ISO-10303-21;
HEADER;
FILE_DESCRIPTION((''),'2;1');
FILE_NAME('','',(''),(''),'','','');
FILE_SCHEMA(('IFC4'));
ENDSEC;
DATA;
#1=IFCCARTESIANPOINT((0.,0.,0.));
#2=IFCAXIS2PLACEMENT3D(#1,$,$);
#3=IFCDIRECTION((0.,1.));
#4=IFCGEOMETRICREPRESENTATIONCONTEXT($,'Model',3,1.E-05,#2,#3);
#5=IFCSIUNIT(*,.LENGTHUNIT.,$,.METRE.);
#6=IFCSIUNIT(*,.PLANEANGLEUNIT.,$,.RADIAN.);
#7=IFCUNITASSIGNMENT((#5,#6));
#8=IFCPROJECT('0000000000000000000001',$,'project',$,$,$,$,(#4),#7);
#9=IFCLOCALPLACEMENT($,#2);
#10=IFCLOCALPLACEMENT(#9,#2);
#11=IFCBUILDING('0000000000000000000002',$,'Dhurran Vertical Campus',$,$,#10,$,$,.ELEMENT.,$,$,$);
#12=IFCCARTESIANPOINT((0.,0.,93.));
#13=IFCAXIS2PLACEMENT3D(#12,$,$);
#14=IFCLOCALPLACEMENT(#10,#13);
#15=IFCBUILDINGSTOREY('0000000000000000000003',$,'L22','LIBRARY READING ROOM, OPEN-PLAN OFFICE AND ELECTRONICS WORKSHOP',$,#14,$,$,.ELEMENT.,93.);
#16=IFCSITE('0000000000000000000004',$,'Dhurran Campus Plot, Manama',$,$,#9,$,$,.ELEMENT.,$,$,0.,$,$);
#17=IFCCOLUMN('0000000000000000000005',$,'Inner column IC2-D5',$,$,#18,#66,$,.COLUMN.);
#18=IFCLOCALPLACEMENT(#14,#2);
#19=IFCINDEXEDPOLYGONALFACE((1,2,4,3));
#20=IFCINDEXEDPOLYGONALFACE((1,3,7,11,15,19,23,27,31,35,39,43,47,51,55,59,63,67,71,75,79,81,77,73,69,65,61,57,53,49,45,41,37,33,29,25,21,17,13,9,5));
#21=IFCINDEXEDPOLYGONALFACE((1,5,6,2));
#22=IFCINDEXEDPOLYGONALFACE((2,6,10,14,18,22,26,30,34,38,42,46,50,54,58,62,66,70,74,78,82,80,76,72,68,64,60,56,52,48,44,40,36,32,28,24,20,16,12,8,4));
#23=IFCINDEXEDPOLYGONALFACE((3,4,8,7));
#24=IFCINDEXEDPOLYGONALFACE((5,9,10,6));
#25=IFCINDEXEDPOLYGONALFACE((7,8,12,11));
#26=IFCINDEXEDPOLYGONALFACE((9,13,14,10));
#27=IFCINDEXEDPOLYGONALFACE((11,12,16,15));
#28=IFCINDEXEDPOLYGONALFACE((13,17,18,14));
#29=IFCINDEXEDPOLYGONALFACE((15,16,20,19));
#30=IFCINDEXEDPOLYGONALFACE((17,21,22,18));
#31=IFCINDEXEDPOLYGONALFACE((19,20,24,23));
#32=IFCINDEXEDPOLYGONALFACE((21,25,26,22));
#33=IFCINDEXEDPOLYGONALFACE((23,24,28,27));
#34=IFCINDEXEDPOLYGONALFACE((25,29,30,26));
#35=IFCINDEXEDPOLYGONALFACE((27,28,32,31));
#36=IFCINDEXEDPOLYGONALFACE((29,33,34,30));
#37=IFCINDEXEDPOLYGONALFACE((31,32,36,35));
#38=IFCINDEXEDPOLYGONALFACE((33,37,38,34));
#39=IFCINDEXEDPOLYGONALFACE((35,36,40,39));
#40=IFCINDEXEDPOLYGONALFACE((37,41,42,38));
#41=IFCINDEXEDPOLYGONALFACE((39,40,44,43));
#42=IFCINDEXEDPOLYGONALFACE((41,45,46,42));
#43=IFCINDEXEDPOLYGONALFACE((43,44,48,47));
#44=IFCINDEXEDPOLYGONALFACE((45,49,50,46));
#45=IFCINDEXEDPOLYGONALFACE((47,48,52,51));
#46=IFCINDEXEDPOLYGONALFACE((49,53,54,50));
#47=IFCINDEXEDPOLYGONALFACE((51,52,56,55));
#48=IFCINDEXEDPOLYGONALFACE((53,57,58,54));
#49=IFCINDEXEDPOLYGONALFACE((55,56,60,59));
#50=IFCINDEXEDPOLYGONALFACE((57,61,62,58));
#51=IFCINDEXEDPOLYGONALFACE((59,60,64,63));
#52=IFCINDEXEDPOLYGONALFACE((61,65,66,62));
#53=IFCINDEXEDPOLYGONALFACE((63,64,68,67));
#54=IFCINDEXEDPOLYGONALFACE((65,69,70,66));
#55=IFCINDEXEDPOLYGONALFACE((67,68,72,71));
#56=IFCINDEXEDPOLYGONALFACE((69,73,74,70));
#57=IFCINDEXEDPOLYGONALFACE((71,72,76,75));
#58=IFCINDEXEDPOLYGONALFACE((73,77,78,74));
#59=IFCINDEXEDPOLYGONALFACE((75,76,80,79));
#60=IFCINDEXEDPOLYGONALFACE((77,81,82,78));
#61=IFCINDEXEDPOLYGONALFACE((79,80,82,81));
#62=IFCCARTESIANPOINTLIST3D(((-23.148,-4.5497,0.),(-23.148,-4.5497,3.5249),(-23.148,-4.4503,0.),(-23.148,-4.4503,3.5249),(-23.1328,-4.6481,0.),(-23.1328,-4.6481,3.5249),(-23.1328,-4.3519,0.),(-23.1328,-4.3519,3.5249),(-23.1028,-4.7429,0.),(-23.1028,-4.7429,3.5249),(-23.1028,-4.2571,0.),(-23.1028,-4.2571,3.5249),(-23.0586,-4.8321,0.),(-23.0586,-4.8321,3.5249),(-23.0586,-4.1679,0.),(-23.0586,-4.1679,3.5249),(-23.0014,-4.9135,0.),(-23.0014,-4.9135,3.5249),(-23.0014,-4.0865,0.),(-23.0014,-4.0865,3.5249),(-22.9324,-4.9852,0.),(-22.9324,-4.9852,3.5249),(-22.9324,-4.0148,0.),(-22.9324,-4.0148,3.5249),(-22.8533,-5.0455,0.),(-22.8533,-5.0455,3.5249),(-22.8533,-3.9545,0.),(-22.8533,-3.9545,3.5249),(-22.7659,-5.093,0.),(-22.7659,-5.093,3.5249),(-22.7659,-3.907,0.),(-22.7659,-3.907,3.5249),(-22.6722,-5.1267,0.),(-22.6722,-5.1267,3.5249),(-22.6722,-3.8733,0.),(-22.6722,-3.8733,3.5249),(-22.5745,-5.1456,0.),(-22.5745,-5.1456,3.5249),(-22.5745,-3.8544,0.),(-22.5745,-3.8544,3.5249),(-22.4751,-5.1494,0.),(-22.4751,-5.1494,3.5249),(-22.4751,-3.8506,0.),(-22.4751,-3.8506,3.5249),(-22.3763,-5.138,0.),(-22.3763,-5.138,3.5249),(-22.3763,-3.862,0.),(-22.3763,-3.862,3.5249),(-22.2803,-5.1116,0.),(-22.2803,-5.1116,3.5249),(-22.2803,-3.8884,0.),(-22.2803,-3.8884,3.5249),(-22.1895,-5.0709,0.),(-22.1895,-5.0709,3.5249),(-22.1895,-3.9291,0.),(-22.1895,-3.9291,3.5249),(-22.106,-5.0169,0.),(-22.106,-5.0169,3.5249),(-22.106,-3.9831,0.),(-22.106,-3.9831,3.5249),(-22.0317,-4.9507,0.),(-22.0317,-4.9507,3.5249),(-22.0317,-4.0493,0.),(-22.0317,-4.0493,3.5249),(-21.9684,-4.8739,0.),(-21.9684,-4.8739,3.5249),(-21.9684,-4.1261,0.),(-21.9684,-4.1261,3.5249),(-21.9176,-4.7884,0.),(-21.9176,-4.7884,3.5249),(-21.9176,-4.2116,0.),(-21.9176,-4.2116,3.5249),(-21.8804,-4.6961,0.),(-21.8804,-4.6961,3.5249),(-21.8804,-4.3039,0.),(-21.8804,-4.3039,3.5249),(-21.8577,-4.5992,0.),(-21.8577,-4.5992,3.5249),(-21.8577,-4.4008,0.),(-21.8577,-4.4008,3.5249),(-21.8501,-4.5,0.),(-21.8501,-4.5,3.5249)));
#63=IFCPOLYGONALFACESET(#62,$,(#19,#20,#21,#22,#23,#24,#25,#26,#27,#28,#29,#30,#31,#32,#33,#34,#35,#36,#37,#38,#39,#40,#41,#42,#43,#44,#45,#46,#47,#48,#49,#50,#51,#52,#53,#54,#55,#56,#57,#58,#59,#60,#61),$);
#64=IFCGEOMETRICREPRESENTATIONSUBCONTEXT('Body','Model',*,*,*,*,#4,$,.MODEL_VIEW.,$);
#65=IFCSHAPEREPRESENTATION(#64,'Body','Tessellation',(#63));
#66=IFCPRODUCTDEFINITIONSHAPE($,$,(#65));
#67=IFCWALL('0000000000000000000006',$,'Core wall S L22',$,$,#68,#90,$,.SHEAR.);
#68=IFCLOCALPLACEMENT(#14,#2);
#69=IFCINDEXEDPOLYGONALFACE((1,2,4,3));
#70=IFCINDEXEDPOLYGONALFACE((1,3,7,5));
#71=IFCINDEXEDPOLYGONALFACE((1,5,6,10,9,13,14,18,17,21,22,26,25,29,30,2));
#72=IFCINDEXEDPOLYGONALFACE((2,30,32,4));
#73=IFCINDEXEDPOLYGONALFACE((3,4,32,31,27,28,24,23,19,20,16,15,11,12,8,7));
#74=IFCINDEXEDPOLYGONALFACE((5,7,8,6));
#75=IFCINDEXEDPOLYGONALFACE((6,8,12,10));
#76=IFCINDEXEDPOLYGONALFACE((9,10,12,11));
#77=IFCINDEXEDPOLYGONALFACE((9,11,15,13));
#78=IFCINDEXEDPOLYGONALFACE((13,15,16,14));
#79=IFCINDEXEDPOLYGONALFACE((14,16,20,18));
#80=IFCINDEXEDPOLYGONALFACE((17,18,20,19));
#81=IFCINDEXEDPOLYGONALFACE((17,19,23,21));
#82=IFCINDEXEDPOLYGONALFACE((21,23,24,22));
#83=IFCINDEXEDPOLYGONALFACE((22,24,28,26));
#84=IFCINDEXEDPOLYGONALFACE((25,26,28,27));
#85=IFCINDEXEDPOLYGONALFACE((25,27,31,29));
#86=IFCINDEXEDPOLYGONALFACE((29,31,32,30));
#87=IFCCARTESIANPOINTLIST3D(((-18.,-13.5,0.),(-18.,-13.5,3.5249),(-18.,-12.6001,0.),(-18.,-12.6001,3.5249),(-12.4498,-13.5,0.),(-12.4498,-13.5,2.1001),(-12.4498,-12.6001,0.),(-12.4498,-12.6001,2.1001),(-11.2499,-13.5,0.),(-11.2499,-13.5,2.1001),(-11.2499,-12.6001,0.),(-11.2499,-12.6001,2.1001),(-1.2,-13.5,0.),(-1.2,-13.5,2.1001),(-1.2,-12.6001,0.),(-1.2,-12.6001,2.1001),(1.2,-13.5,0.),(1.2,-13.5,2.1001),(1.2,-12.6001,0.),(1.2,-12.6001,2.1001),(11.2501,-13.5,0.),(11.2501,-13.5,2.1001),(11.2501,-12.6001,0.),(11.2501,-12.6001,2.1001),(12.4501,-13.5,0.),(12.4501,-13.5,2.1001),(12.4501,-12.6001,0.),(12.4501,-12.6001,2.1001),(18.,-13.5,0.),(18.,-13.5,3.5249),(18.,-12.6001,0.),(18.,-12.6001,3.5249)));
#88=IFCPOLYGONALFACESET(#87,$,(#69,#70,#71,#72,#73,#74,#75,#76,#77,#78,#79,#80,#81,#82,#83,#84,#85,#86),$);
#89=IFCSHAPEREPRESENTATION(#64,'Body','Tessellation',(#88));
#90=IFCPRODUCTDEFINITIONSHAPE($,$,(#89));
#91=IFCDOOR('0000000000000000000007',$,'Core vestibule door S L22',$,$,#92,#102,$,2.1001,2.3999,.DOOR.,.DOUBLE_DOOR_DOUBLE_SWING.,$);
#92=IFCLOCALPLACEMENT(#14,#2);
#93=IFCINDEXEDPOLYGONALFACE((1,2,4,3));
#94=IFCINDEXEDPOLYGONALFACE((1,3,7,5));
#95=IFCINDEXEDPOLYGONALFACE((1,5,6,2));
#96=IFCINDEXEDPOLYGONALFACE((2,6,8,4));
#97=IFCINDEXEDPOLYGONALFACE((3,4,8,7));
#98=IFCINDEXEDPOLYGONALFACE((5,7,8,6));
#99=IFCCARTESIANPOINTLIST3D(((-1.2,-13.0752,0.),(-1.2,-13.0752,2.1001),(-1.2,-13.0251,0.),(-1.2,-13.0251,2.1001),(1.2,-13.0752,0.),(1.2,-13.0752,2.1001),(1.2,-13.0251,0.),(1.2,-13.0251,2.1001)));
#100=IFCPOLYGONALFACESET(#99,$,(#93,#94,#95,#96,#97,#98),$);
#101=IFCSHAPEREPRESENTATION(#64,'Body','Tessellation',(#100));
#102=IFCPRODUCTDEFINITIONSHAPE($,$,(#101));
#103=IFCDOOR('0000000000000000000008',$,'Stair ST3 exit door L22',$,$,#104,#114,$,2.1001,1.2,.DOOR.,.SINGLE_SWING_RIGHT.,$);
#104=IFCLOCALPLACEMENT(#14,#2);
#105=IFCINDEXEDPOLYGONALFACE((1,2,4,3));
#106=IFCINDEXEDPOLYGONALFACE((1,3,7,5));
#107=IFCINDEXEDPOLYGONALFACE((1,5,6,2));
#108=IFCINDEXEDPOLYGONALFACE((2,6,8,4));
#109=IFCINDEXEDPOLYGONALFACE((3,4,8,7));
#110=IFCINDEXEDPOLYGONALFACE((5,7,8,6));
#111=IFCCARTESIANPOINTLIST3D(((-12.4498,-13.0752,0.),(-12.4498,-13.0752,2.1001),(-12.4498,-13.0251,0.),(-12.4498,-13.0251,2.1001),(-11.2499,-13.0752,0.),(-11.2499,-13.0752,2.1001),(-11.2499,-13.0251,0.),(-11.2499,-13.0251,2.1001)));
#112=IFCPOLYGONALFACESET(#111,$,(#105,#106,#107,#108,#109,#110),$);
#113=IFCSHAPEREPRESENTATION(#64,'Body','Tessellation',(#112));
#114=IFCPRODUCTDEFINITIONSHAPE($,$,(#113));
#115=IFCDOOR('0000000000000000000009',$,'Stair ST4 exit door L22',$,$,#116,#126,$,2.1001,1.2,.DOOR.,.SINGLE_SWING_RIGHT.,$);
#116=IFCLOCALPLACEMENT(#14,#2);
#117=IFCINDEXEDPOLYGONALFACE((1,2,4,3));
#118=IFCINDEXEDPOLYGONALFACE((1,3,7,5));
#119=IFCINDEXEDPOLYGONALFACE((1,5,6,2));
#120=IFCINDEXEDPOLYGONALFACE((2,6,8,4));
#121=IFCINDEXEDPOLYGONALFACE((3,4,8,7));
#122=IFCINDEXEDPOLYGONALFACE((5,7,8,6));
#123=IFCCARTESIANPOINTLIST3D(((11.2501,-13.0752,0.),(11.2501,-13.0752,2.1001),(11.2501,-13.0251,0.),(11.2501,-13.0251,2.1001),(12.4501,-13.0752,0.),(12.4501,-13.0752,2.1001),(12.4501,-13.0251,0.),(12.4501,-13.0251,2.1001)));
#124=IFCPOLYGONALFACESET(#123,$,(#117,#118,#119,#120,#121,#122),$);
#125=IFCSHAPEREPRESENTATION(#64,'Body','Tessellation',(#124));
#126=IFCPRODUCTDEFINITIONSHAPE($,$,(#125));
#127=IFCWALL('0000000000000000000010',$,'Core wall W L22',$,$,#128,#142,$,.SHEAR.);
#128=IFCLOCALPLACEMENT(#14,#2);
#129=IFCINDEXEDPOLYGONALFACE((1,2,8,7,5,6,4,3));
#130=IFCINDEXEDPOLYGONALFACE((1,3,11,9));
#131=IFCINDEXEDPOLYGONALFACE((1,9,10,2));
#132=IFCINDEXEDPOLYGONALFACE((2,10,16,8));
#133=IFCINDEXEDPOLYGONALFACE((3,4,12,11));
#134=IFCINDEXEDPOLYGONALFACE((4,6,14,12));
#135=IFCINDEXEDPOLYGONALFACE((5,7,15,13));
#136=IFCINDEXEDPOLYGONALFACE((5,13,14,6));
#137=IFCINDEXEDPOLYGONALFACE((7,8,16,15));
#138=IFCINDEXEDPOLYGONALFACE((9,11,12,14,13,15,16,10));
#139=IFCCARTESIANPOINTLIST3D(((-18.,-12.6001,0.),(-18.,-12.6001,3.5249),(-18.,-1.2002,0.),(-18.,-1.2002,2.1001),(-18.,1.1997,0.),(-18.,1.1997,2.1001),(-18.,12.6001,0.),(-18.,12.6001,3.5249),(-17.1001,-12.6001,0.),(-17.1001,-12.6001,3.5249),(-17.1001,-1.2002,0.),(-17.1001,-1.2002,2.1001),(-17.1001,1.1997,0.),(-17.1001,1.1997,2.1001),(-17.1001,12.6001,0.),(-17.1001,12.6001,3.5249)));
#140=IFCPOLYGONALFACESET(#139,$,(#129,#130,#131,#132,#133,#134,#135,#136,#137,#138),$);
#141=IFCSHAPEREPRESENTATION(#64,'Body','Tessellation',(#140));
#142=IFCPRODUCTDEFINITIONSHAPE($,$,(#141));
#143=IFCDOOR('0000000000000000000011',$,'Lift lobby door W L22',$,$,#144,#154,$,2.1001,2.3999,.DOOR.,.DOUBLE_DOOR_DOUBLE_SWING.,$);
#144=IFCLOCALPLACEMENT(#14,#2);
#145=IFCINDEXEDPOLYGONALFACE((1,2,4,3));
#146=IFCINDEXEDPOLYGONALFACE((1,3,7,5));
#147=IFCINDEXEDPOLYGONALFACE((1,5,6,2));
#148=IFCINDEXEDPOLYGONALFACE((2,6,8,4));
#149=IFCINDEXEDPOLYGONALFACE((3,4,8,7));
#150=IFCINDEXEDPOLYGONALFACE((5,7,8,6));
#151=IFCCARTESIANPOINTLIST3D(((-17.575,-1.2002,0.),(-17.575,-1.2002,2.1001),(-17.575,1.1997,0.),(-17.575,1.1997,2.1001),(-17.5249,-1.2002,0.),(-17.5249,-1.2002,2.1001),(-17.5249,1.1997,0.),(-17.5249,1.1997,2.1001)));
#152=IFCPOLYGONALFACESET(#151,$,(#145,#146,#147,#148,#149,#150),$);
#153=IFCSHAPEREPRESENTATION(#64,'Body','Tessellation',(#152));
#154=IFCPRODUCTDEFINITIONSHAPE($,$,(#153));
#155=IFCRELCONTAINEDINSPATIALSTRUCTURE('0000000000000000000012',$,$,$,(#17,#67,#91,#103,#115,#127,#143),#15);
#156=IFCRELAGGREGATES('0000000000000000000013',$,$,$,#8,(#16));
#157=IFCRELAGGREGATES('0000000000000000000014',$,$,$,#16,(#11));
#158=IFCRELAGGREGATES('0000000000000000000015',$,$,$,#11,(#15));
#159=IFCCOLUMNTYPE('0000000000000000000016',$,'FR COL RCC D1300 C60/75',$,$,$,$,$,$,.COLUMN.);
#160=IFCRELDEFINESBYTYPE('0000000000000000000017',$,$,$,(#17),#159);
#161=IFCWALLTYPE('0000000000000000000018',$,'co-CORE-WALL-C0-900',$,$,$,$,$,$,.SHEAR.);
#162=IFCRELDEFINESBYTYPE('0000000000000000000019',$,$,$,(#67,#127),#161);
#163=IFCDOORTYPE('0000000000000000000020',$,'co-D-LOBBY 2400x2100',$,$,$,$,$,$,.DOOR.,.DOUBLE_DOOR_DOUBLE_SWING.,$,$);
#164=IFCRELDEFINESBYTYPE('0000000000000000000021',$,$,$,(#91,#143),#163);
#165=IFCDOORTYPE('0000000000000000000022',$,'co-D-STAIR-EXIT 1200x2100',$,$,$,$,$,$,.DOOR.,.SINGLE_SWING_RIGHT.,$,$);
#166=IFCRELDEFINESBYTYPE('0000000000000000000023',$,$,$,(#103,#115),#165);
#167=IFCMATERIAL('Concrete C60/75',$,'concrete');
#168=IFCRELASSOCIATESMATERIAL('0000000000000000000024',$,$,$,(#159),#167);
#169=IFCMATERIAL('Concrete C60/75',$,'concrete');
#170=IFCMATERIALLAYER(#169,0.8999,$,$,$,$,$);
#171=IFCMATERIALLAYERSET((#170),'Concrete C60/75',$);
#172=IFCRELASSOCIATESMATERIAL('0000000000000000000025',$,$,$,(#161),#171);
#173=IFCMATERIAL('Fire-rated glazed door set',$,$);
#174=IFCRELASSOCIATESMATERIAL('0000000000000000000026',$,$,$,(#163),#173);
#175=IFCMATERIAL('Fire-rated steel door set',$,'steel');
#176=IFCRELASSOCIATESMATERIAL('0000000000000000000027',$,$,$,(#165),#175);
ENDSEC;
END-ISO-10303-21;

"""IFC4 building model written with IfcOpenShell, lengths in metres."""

from ifc_helpers import new_model, si_unit, direction, frame, frame_2d, origin, origin_2d, place, context, subcontext, project, spatial, rectangle, circle, extrude, material, layer, layer_set, material_profile, profile_set, type_object, element, fill, save


model = new_model("IFC4")

# Units and contexts
model_context = context("Model", 3, precision=1e-05, world=origin(), true_north=direction((0.0, 1.0)))
body_context = subcontext(model_context, "Body", "Model", "MODEL_VIEW")
ifc_project = project(units=[si_unit("LENGTHUNIT", "METRE"), si_unit("PLANEANGLEUNIT", "RADIAN")], contexts=[model_context])

# Site, building, storey
site_placement = place(None, origin())
site = spatial("IfcSite", under=ifc_project, at=site_placement, Name="Dhurran Campus Plot, Manama", CompositionType="ELEMENT", RefElevation=0.0)
building_placement = place(site_placement, origin())
building = spatial("IfcBuilding", under=site, at=building_placement, Name="Dhurran Vertical Campus", CompositionType="ELEMENT")
storey_placement = place(building_placement, frame((0.0, 0.0, 93.0)))
storey = spatial("IfcBuildingStorey", under=building, at=storey_placement, Name="L22", Description="LIBRARY READING ROOM, OPEN-PLAN OFFICE AND ELECTRONICS WORKSHOP", CompositionType="ELEMENT", Elevation=93.0)

# Column
ifc_material_1 = material(Name="Concrete C60/75", Category="concrete")
ifc_material_profile = material_profile(ifc_material_1, circle(Radius=0.6499, at=origin_2d()), Name="RCC D1300")
ifc_profile_set = profile_set([ifc_material_profile], Name="Concrete C60/75")
column_type = type_object("IfcColumnType", Name="FR COL RCC D1300 C60/75", PredefinedType="COLUMN", material=ifc_profile_set)
column_placement = place(storey_placement, frame((-22.5, -4.5, 0.0), z_axis=(0.0, 0.0, 1.0), x_axis=(1.0, 0.0, 0.0)))
element("IfcColumn", 1, at=column_placement, inside=storey, type_object=column_type, Name="Inner column IC2-D5", PredefinedType="COLUMN", context=body_context, shape_type="SweptSolid", body=[
    extrude(circle(Radius=0.6499, at=origin_2d()), origin(), (0.0, 0.0, 1.0), 3.5249),
])

# Wall, openings, doors
ifc_material_2 = material(Name="Concrete C60/75", Category="concrete")
ifc_layer_1 = layer(ifc_material_2, 0.8999)
ifc_layer_set_1 = layer_set([ifc_layer_1], Name="Concrete C60/75")
wall_type_1 = type_object("IfcWallType", Name="co-CORE-WALL-C0-900", PredefinedType="SHEAR", material=ifc_layer_set_1)
wall_1_placement = place(storey_placement, frame((-18.0, -13.05, 0.0), z_axis=(0.0, 0.0, 1.0), x_axis=(1.0, 0.0, 0.0)))
wall_1 = element("IfcWall", 2, at=wall_1_placement, inside=storey, type_object=wall_type_1, Name="Core wall S L22", PredefinedType="SHEAR", context=body_context, shape_type="SweptSolid", body=[
    extrude(rectangle(XDim=36.0, YDim=0.8999, at=frame_2d((18.0, 0.0))), origin(), (0.0, 0.0, 1.0), 3.5249),
])
opening_1_placement = place(wall_1_placement, frame((16.8, 0.0, 0.0)))
opening_1 = element("IfcOpeningElement", 3, at=opening_1_placement, cuts=wall_1, PredefinedType="OPENING", context=body_context, shape_type="SweptSolid", body=[
    extrude(rectangle(XDim=2.3999, YDim=2.1001, at=frame_2d((1.2, 1.05))), frame((0.0, 0.46, 0.0), z_axis=(0.0, -1.0, 0.0), x_axis=(1.0, 0.0, 0.0)), (0.0, 0.0, 1.0), 0.9199),
])
opening_2_placement = place(wall_1_placement, frame((5.55, 0.0, 0.0)))
opening_2 = element("IfcOpeningElement", 4, at=opening_2_placement, cuts=wall_1, PredefinedType="OPENING", context=body_context, shape_type="SweptSolid", body=[
    extrude(rectangle(XDim=1.2, YDim=2.1001, at=frame_2d((0.6001, 1.05))), frame((0.0, 0.46, 0.0), z_axis=(0.0, -1.0, 0.0), x_axis=(1.0, 0.0, 0.0)), (0.0, 0.0, 1.0), 0.9199),
])
opening_3_placement = place(wall_1_placement, frame((29.25, 0.0, 0.0)))
opening_3 = element("IfcOpeningElement", 5, at=opening_3_placement, cuts=wall_1, PredefinedType="OPENING", context=body_context, shape_type="SweptSolid", body=[
    extrude(rectangle(XDim=1.2, YDim=2.1001, at=frame_2d((0.6001, 1.05))), frame((0.0, 0.46, 0.0), z_axis=(0.0, -1.0, 0.0), x_axis=(1.0, 0.0, 0.0)), (0.0, 0.0, 1.0), 0.9199),
])
ifc_material_3 = material(Name="Fire-rated glazed door set")
door_type_1 = type_object("IfcDoorType", Name="co-D-LOBBY 2400x2100", OperationType="DOUBLE_DOOR_DOUBLE_SWING", PredefinedType="DOOR", material=ifc_material_3)
door_1_placement = place(opening_1_placement, origin())
door_1 = element("IfcDoor", 6, at=door_1_placement, inside=storey, type_object=door_type_1, Name="Core vestibule door S L22", OperationType="DOUBLE_DOOR_DOUBLE_SWING", OverallHeight=2.1001, OverallWidth=2.3999, PredefinedType="DOOR", context=body_context, shape_type="SweptSolid", body=[
    extrude(rectangle(XDim=2.3999, YDim=2.1001, at=frame_2d((1.2, 1.05))), frame((0.0, 0.0249, 0.0), z_axis=(0.0, -1.0, 0.0), x_axis=(1.0, 0.0, 0.0)), (0.0, 0.0, 1.0), 0.05),
])
fill(opening_1, door_1)
ifc_material_4 = material(Name="Fire-rated steel door set", Category="steel")
door_type_2 = type_object("IfcDoorType", Name="co-D-STAIR-EXIT 1200x2100", OperationType="SINGLE_SWING_RIGHT", PredefinedType="DOOR", material=ifc_material_4)
door_2_placement = place(opening_2_placement, origin())
door_2 = element("IfcDoor", 7, at=door_2_placement, inside=storey, type_object=door_type_2, Name="Stair ST3 exit door L22", OperationType="SINGLE_SWING_RIGHT", OverallHeight=2.1001, OverallWidth=1.2, PredefinedType="DOOR", context=body_context, shape_type="SweptSolid", body=[
    extrude(rectangle(XDim=1.2, YDim=2.1001, at=frame_2d((0.6001, 1.05))), frame((0.0, 0.0249, 0.0), z_axis=(0.0, -1.0, 0.0), x_axis=(1.0, 0.0, 0.0)), (0.0, 0.0, 1.0), 0.05),
])
fill(opening_2, door_2)
door_3_placement = place(opening_3_placement, origin())
door_3 = element("IfcDoor", 8, at=door_3_placement, inside=storey, type_object=door_type_2, Name="Stair ST4 exit door L22", OperationType="SINGLE_SWING_RIGHT", OverallHeight=2.1001, OverallWidth=1.2, PredefinedType="DOOR", context=body_context, shape_type="SweptSolid", body=[
    extrude(rectangle(XDim=1.2, YDim=2.1001, at=frame_2d((0.6001, 1.05))), frame((0.0, 0.0249, 0.0), z_axis=(0.0, -1.0, 0.0), x_axis=(1.0, 0.0, 0.0)), (0.0, 0.0, 1.0), 0.05),
])
fill(opening_3, door_3)

# Wall, opening, door
wall_2_placement = place(storey_placement, frame((-17.55, -12.6001, 0.0), z_axis=(0.0, 0.0, 1.0), x_axis=(0.0, 1.0, 0.0)))
wall_2 = element("IfcWall", 9, at=wall_2_placement, inside=storey, type_object=wall_type_1, Name="Core wall W L22", PredefinedType="SHEAR", context=body_context, shape_type="SweptSolid", body=[
    extrude(rectangle(XDim=25.2002, YDim=0.8999, at=frame_2d((12.6001, 0.0))), origin(), (0.0, 0.0, 1.0), 3.5249),
])
opening_4_placement = place(wall_2_placement, frame((11.3999, 0.0, 0.0)))
opening_4 = element("IfcOpeningElement", 10, at=opening_4_placement, cuts=wall_2, PredefinedType="OPENING", context=body_context, shape_type="SweptSolid", body=[
    extrude(rectangle(XDim=2.3999, YDim=2.1001, at=frame_2d((1.2, 1.05))), frame((0.0, 0.46, 0.0), z_axis=(0.0, -1.0, 0.0), x_axis=(1.0, 0.0, 0.0)), (0.0, 0.0, 1.0), 0.9199),
])
door_4_placement = place(opening_4_placement, origin())
door_4 = element("IfcDoor", 11, at=door_4_placement, inside=storey, type_object=door_type_1, Name="Lift lobby door W L22", OperationType="DOUBLE_DOOR_DOUBLE_SWING", OverallHeight=2.1001, OverallWidth=2.3999, PredefinedType="DOOR", context=body_context, shape_type="SweptSolid", body=[
    extrude(rectangle(XDim=2.3999, YDim=2.1001, at=frame_2d((1.2, 1.05))), frame((0.0, 0.0249, 0.0), z_axis=(0.0, -1.0, 0.0), x_axis=(1.0, 0.0, 0.0)), (0.0, 0.0, 1.0), 0.05),
])
fill(opening_4, door_4)

save(model, "model.ifc")
